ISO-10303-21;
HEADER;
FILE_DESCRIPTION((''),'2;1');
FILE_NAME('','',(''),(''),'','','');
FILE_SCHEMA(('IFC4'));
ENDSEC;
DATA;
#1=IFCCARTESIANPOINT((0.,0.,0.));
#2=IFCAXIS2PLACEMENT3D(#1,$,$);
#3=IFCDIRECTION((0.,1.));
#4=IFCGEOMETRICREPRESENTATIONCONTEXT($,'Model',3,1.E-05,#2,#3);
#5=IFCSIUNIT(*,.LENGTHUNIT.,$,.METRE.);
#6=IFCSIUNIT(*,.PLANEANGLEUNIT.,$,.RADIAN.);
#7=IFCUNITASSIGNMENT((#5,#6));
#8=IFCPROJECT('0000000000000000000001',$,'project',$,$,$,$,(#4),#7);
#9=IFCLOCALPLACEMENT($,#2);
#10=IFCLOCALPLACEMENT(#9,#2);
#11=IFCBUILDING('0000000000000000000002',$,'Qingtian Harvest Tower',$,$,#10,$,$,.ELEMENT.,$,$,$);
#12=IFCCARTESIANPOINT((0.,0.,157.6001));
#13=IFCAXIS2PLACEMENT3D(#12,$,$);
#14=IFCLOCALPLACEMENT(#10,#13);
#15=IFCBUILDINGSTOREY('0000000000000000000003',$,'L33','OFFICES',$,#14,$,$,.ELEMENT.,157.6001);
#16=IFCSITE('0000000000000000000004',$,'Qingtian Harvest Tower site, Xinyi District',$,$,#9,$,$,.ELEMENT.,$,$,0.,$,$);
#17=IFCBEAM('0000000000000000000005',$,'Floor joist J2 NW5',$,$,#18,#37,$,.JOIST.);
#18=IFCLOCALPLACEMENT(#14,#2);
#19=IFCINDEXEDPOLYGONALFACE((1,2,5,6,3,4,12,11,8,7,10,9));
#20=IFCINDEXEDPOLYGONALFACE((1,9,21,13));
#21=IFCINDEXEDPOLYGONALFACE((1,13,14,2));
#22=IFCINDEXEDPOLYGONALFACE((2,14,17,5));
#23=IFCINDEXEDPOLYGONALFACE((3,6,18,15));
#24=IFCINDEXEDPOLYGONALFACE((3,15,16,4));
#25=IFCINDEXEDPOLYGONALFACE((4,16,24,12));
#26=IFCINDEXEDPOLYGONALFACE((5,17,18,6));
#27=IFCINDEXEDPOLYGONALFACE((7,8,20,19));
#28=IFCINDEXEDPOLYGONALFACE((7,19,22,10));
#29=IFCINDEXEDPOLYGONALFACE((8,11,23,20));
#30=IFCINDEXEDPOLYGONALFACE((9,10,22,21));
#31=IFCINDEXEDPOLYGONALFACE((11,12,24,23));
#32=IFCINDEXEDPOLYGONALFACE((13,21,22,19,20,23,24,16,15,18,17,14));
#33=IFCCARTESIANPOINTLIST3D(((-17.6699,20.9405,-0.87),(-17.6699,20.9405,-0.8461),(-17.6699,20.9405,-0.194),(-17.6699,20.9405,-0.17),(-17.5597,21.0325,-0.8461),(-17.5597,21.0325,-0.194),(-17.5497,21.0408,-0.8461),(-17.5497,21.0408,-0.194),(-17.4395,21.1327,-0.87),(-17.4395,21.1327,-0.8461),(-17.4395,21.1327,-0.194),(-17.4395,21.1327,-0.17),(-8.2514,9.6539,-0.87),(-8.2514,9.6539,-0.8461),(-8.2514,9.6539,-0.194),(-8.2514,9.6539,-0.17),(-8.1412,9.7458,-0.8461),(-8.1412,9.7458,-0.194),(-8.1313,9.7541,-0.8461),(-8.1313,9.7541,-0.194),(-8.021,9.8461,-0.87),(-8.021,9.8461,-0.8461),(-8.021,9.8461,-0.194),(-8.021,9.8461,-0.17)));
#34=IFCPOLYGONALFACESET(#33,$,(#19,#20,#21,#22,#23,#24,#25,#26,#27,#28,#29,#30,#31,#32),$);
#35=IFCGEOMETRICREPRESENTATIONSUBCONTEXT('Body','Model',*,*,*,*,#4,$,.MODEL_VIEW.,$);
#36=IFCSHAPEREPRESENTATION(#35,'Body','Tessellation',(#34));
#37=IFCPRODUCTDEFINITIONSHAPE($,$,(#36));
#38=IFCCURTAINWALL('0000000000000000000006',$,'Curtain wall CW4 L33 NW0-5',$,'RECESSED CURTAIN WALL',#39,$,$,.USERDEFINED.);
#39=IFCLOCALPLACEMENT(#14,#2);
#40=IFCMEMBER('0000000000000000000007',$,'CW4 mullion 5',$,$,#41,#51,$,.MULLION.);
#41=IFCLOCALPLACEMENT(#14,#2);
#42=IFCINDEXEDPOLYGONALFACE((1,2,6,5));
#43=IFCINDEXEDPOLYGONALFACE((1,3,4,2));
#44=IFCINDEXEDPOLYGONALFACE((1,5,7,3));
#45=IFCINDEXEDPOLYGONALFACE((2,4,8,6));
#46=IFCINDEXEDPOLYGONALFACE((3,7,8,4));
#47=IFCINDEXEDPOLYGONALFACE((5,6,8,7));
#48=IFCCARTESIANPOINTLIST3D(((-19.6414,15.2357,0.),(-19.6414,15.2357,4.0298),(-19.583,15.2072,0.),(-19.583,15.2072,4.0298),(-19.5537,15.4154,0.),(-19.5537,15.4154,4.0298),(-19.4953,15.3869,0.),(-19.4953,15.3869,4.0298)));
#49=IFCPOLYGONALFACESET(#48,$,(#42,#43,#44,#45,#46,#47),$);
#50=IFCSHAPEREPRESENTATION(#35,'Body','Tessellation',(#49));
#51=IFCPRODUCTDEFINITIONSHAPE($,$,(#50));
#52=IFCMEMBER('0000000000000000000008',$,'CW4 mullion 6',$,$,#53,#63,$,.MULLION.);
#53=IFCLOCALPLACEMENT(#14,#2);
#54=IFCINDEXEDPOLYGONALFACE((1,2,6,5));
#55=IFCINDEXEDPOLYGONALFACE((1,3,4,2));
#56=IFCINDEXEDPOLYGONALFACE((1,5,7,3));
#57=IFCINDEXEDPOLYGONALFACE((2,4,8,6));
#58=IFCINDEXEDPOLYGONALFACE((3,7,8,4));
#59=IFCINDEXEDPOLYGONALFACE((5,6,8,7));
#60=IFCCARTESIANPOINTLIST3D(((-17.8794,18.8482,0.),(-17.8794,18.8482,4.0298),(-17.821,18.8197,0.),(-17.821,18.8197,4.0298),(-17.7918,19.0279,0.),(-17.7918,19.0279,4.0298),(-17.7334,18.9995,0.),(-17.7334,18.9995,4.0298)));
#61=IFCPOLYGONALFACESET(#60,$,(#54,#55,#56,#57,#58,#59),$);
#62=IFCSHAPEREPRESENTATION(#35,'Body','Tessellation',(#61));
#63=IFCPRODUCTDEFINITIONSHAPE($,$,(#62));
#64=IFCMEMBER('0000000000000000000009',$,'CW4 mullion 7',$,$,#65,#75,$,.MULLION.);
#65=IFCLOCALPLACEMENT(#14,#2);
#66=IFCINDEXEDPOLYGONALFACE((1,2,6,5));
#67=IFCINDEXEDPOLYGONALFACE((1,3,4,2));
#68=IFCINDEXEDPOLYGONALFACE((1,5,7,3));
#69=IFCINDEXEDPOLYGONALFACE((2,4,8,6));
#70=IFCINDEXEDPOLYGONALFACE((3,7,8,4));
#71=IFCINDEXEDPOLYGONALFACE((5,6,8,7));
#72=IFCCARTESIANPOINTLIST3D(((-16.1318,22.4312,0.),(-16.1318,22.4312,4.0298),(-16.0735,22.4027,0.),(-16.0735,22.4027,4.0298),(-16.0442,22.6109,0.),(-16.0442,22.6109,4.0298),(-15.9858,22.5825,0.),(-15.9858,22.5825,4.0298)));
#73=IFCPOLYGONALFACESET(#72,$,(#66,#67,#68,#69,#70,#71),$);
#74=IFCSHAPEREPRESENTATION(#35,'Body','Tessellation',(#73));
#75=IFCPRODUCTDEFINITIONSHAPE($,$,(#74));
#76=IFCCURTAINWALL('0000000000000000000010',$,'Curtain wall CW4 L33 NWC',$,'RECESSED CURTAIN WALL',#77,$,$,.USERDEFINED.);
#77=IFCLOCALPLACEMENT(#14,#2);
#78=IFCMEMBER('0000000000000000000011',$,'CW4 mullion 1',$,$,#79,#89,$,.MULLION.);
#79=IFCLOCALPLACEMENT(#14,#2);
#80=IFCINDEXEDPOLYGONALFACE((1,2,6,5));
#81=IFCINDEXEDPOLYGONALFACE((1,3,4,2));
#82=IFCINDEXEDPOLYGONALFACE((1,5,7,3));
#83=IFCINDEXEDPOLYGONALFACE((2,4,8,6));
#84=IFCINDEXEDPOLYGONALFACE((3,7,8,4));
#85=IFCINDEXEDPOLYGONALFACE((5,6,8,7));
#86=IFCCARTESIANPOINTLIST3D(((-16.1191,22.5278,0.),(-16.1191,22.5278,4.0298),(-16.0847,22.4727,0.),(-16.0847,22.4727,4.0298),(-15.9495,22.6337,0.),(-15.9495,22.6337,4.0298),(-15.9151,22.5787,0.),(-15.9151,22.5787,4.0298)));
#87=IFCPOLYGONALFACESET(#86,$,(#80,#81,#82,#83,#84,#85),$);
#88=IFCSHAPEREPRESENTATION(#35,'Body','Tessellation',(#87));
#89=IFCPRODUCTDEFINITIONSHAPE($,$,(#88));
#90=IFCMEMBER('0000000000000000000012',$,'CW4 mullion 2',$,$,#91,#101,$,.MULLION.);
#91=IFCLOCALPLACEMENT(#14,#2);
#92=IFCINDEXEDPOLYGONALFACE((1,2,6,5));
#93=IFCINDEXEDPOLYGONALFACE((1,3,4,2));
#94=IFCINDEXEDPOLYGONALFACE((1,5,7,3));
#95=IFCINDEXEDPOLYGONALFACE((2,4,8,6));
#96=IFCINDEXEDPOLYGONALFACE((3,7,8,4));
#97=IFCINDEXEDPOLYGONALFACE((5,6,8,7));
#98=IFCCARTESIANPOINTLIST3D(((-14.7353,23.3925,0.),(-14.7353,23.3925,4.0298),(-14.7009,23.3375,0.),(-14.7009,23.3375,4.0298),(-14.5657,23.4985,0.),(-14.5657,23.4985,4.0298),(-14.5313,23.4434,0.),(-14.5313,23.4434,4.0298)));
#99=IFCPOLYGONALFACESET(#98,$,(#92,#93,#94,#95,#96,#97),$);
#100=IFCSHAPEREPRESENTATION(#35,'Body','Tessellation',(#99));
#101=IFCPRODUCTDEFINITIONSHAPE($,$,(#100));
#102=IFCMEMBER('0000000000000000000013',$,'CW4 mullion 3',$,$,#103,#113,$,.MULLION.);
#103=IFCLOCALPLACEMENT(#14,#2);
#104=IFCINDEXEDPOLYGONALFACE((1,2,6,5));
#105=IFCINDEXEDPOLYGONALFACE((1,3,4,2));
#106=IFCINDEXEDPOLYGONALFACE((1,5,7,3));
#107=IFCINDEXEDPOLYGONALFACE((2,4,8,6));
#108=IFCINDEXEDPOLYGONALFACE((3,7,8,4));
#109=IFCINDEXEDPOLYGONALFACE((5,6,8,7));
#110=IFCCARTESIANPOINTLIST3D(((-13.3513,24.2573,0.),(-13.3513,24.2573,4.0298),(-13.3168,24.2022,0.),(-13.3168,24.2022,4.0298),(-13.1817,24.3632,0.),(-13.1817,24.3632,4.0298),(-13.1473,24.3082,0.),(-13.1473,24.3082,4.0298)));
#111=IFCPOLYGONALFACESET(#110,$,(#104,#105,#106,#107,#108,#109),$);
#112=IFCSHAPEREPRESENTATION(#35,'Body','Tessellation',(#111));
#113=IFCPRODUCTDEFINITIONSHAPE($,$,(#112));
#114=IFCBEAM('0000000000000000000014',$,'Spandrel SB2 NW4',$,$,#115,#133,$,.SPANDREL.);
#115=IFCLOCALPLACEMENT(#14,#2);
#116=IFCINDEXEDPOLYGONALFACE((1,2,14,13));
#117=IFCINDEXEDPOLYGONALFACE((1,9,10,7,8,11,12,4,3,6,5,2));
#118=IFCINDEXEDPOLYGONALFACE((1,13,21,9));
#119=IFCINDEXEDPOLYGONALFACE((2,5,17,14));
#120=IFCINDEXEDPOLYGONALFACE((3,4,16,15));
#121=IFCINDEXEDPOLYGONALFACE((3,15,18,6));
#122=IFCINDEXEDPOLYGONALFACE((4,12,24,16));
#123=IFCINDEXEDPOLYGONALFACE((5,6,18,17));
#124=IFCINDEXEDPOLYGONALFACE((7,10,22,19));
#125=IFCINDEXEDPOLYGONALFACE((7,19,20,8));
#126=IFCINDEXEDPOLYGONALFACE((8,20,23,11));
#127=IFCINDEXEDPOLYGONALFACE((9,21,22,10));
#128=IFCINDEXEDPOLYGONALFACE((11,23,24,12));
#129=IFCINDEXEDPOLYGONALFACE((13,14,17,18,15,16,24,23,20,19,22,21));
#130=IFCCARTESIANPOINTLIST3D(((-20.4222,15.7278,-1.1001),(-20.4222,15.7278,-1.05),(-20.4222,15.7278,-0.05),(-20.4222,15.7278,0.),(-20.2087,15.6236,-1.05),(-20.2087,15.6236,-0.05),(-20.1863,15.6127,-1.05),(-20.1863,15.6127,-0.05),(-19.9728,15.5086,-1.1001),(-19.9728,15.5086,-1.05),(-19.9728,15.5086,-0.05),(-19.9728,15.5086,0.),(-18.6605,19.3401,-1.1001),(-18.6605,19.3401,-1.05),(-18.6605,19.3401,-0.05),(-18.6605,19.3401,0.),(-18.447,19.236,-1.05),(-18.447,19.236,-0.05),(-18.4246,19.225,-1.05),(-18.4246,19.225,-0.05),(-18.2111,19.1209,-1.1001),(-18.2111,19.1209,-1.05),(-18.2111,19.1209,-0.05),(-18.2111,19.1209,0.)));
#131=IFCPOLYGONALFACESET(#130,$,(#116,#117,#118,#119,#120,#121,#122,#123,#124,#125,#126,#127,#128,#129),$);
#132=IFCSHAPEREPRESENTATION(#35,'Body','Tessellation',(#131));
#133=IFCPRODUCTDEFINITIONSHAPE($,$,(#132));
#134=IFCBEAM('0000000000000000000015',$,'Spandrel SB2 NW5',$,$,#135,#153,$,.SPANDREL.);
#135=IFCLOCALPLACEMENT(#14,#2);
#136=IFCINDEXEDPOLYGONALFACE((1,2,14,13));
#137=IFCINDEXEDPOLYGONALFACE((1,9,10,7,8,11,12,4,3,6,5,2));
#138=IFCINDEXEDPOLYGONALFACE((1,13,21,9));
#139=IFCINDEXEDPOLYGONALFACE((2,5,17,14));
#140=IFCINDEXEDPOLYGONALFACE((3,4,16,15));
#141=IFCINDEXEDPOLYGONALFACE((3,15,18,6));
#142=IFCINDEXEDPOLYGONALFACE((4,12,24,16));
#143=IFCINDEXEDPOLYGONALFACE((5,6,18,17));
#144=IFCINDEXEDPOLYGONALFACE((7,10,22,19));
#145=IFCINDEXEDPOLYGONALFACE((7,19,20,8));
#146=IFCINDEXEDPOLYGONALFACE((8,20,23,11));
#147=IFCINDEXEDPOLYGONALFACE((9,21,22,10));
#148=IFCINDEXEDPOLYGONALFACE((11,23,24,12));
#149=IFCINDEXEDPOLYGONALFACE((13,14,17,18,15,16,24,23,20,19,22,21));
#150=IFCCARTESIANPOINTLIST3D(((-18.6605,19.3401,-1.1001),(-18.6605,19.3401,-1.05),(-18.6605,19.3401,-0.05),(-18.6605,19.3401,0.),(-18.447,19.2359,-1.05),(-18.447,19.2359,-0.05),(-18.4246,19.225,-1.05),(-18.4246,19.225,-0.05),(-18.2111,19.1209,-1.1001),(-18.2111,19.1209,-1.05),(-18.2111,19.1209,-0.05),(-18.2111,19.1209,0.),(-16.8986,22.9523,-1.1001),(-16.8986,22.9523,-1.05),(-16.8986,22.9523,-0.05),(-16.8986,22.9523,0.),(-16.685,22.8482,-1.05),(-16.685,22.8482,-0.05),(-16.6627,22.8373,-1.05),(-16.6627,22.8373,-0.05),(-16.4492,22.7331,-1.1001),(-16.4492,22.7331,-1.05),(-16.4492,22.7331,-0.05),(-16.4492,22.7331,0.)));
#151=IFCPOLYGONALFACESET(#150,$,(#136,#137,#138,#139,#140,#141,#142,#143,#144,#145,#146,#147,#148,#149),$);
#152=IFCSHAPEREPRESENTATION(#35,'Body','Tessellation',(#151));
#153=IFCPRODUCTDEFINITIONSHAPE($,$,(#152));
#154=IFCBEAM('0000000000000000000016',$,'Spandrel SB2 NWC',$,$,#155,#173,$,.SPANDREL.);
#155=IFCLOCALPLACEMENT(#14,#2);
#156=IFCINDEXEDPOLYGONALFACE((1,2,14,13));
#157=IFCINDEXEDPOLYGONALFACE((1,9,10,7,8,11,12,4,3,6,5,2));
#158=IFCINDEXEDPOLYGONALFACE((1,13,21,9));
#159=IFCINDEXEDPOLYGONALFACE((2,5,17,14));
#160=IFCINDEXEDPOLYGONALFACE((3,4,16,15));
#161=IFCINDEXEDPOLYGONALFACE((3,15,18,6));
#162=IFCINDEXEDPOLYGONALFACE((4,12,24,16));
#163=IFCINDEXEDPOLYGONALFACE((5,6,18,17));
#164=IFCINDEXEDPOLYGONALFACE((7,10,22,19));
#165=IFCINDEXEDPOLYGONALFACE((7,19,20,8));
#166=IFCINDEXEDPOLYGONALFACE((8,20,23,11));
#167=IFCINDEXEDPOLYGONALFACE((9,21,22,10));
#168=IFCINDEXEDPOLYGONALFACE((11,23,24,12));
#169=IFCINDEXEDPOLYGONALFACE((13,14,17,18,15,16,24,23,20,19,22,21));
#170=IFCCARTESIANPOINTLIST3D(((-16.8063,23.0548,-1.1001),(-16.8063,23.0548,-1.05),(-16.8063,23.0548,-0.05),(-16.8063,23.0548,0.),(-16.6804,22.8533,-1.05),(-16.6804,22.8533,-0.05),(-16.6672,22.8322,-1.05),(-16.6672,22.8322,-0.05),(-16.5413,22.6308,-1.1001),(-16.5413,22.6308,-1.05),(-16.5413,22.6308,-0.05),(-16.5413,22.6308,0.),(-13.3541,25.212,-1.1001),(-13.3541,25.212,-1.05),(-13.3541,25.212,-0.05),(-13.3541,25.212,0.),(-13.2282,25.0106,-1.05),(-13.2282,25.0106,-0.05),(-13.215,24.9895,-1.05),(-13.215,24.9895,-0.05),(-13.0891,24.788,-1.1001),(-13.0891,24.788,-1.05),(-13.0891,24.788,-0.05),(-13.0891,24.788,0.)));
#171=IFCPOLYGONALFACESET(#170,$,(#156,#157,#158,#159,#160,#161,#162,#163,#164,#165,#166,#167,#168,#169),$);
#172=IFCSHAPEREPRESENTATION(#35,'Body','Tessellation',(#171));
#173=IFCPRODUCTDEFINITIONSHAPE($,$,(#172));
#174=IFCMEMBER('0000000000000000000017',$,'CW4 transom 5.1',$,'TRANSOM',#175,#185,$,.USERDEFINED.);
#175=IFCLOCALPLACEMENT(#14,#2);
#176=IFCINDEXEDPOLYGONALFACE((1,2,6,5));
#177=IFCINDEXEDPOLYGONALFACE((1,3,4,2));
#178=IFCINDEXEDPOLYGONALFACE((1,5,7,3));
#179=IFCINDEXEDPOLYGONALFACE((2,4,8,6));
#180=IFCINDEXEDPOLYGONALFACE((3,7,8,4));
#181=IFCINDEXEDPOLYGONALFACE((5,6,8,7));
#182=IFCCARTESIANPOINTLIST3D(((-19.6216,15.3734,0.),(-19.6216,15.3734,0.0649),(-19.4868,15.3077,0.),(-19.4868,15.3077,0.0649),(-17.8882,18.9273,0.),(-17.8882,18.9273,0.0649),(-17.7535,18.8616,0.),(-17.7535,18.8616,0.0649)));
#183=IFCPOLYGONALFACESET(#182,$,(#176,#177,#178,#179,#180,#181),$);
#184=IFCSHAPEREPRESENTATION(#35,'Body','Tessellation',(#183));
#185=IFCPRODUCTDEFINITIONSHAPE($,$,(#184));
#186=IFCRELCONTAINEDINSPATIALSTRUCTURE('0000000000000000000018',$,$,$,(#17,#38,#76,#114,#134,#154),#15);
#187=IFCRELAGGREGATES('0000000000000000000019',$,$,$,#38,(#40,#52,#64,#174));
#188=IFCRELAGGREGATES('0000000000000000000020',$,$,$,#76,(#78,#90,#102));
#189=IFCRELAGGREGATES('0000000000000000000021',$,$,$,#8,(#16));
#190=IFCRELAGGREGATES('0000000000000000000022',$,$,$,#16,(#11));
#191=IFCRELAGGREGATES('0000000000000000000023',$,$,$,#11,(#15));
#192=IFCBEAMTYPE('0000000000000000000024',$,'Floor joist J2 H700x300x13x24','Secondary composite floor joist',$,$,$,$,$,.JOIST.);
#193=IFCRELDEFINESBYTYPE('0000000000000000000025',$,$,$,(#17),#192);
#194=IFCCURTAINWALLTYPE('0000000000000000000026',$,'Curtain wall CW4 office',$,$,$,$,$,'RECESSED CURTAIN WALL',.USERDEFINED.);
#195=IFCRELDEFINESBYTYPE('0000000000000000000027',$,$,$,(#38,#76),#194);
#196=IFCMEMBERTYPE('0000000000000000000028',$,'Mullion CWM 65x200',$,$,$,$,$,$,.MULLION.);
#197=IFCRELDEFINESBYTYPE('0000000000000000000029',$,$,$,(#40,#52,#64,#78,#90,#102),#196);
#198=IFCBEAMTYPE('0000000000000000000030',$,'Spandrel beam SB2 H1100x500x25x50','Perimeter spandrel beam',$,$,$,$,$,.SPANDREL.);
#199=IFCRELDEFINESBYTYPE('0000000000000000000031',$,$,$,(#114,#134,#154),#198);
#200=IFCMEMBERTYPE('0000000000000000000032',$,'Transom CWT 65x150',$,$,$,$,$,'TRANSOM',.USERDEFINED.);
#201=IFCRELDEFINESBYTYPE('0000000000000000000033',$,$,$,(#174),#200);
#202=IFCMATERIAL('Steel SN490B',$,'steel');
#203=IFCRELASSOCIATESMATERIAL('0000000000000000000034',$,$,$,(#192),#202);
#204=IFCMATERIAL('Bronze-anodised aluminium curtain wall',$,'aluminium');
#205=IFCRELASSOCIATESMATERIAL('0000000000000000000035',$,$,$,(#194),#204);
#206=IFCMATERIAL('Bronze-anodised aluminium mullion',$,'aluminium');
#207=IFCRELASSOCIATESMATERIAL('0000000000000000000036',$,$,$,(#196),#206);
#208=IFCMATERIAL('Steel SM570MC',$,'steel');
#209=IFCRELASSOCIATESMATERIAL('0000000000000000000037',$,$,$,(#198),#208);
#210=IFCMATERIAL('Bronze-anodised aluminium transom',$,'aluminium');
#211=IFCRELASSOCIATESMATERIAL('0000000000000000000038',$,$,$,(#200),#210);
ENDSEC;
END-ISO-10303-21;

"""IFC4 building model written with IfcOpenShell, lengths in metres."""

from ifc_helpers import new_model, si_unit, direction, frame, origin, origin_2d, place, context, subcontext, project, spatial, rectangle, i_section, extrude, material, material_profile, profile_set, type_object, element, aggregate, save


model = new_model("IFC4")

# Units and contexts
model_context = context("Model", 3, precision=1e-05, world=origin(), true_north=direction((0.0, 1.0)))
body_context = subcontext(model_context, "Body", "Model", "MODEL_VIEW")
ifc_project = project(units=[si_unit("LENGTHUNIT", "METRE"), si_unit("PLANEANGLEUNIT", "RADIAN")], contexts=[model_context])

# Site, building, storey
site_placement = place(None, origin())
site = spatial("IfcSite", under=ifc_project, at=site_placement, Name="Qingtian Harvest Tower site, Xinyi District", CompositionType="ELEMENT", RefElevation=0.0)
building_placement = place(site_placement, origin())
building = spatial("IfcBuilding", under=site, at=building_placement, Name="Qingtian Harvest Tower", CompositionType="ELEMENT")
storey_placement = place(building_placement, frame((0.0, 0.0, 157.6001)))
storey = spatial("IfcBuildingStorey", under=building, at=storey_placement, Name="L33", Description="OFFICES", CompositionType="ELEMENT", Elevation=157.6001)

# Beam
ifc_material_1 = material(Name="Steel SN490B", Category="steel")
ifc_material_profile_1 = material_profile(ifc_material_1, i_section(OverallWidth=0.3, OverallDepth=0.7, WebThickness=0.0129, FlangeThickness=0.0239, at=origin_2d()), Name="H700x300x13x24")
ifc_profile_set_1 = profile_set([ifc_material_profile_1], Name="Steel SN490B")
beam_type_1 = type_object("IfcBeamType", Name="Floor joist J2 H700x300x13x24", Description="Secondary composite floor joist", PredefinedType="JOIST", material=ifc_profile_set_1)
beam_1_placement = place(storey_placement, frame((-17.5547, 21.0366, -0.52), z_axis=(0.640704, -0.767788, 0.0), x_axis=(0.767788, 0.640704, 0.0)))
element("IfcBeam", 1, at=beam_1_placement, inside=storey, type_object=beam_type_1, Name="Floor joist J2 NW5", PredefinedType="JOIST", context=body_context, shape_type="SweptSolid", body=[
    extrude(i_section(OverallWidth=0.3, OverallDepth=0.7, WebThickness=0.0129, FlangeThickness=0.0239, at=origin_2d()), origin(), (0.0, 0.0, 1.0), 14.7002),
])

# Curtain walls, members
ifc_material_2 = material(Name="Bronze-anodised aluminium curtain wall", Category="aluminium")
curtain_wall_type = type_object("IfcCurtainWallType", Name="Curtain wall CW4 office", ElementType="RECESSED CURTAIN WALL", PredefinedType="USERDEFINED", material=ifc_material_2)
curtain_wall_1_placement = place(storey_placement, origin())
curtain_wall_1 = element("IfcCurtainWall", 2, at=curtain_wall_1_placement, inside=storey, type_object=curtain_wall_type, Name="Curtain wall CW4 L33 NW0-5", ObjectType="RECESSED CURTAIN WALL", PredefinedType="USERDEFINED")
ifc_material_3 = material(Name="Bronze-anodised aluminium mullion", Category="aluminium")
ifc_material_profile_2 = material_profile(ifc_material_3, rectangle(XDim=0.0649, YDim=0.2, at=origin_2d()), Name="AL 65x200")
ifc_profile_set_2 = profile_set([ifc_material_profile_2], Name="Bronze-anodised aluminium mullion")
member_type_1 = type_object("IfcMemberType", Name="Mullion CWM 65x200", PredefinedType="MULLION", material=ifc_profile_set_2)
member_1_placement = place(storey_placement, frame((-19.5684, 15.3113, 0.0), z_axis=(0.0, 0.0, 1.0), x_axis=(-0.898794, 0.438371, 0.0)))
member_1 = element("IfcMember", 3, at=member_1_placement, type_object=member_type_1, Name="CW4 mullion 5", PredefinedType="MULLION", context=body_context, shape_type="SweptSolid", body=[
    extrude(rectangle(XDim=0.0649, YDim=0.2, at=origin_2d()), origin(), (0.0, 0.0, 1.0), 4.0298),
])
member_2_placement = place(storey_placement, frame((-17.8064, 18.9238, 0.0), z_axis=(0.0, 0.0, 1.0), x_axis=(-0.898794, 0.438371, 0.0)))
member_2 = element("IfcMember", 4, at=member_2_placement, type_object=member_type_1, Name="CW4 mullion 6", PredefinedType="MULLION", context=body_context, shape_type="SweptSolid", body=[
    extrude(rectangle(XDim=0.0649, YDim=0.2, at=origin_2d()), origin(), (0.0, 0.0, 1.0), 4.0298),
])
member_3_placement = place(storey_placement, frame((-16.0588, 22.5068, 0.0), z_axis=(0.0, 0.0, 1.0), x_axis=(-0.898794, 0.438371, 0.0)))
member_3 = element("IfcMember", 5, at=member_3_placement, type_object=member_type_1, Name="CW4 mullion 7", PredefinedType="MULLION", context=body_context, shape_type="SweptSolid", body=[
    extrude(rectangle(XDim=0.0649, YDim=0.2, at=origin_2d()), origin(), (0.0, 0.0, 1.0), 4.0298),
])
curtain_wall_2_placement = place(storey_placement, origin())
curtain_wall_2 = element("IfcCurtainWall", 6, at=curtain_wall_2_placement, inside=storey, type_object=curtain_wall_type, Name="Curtain wall CW4 L33 NWC", ObjectType="RECESSED CURTAIN WALL", PredefinedType="USERDEFINED")
member_4_placement = place(storey_placement, frame((-16.0171, 22.5532, 0.0), z_axis=(0.0, 0.0, 1.0), x_axis=(-0.529919, 0.848048, 0.0)))
member_4 = element("IfcMember", 7, at=member_4_placement, type_object=member_type_1, Name="CW4 mullion 1", PredefinedType="MULLION", context=body_context, shape_type="SweptSolid", body=[
    extrude(rectangle(XDim=0.0649, YDim=0.2, at=origin_2d()), origin(), (0.0, 0.0, 1.0), 4.0298),
])
member_5_placement = place(storey_placement, frame((-14.6333, 23.418, 0.0), z_axis=(0.0, 0.0, 1.0), x_axis=(-0.529919, 0.848048, 0.0)))
member_5 = element("IfcMember", 8, at=member_5_placement, type_object=member_type_1, Name="CW4 mullion 2", PredefinedType="MULLION", context=body_context, shape_type="SweptSolid", body=[
    extrude(rectangle(XDim=0.0649, YDim=0.2, at=origin_2d()), origin(), (0.0, 0.0, 1.0), 4.0298),
])
member_6_placement = place(storey_placement, frame((-13.2493, 24.2827, 0.0), z_axis=(0.0, 0.0, 1.0), x_axis=(-0.529919, 0.848048, 0.0)))
member_6 = element("IfcMember", 9, at=member_6_placement, type_object=member_type_1, Name="CW4 mullion 3", PredefinedType="MULLION", context=body_context, shape_type="SweptSolid", body=[
    extrude(rectangle(XDim=0.0649, YDim=0.2, at=origin_2d()), origin(), (0.0, 0.0, 1.0), 4.0298),
])

# Beams
ifc_material_4 = material(Name="Steel SM570MC", Category="steel")
ifc_material_profile_3 = material_profile(ifc_material_4, i_section(OverallWidth=0.5, OverallDepth=1.1001, WebThickness=0.0249, FlangeThickness=0.05, at=origin_2d()), Name="H1100x500x25x50")
ifc_profile_set_3 = profile_set([ifc_material_profile_3], Name="Steel SM570MC")
beam_type_2 = type_object("IfcBeamType", Name="Spandrel beam SB2 H1100x500x25x50", Description="Perimeter spandrel beam", PredefinedType="SPANDREL", material=ifc_profile_set_3)
for number, where, z_axis, x_axis, name in (
    (10, (-20.1975, 15.6182, -0.55), (0.438347, 0.898806, 0.0), (-0.898806, 0.438347, 0.0), "Spandrel SB2 NW4"),
    (11, (-18.4358, 19.2305, -0.55), (0.438396, 0.898782, 0.0), (-0.898782, 0.438396, 0.0), "Spandrel SB2 NW5"),
):
    element("IfcBeam", number, at=place(storey_placement, frame(where, z_axis=z_axis, x_axis=x_axis)), inside=storey, type_object=beam_type_2, Name=name, PredefinedType="SPANDREL", context=body_context, shape_type="SweptSolid", body=[
        extrude(i_section(OverallWidth=0.5, OverallDepth=1.1001, WebThickness=0.0249, FlangeThickness=0.05, at=origin_2d()), origin(), (0.0, 0.0, 1.0), 4.019),
    ])
beam_2_placement = place(storey_placement, frame((-16.6738, 22.8428, -0.55), z_axis=(0.848039, 0.529934, 0.0), x_axis=(-0.529934, 0.848039, 0.0)))
element("IfcBeam", 12, at=beam_2_placement, inside=storey, type_object=beam_type_2, Name="Spandrel SB2 NWC", PredefinedType="SPANDREL", context=body_context, shape_type="SweptSolid", body=[
    extrude(i_section(OverallWidth=0.5, OverallDepth=1.1001, WebThickness=0.0249, FlangeThickness=0.05, at=origin_2d()), origin(), (0.0, 0.0, 1.0), 4.0708),
])

# Member
ifc_material_5 = material(Name="Bronze-anodised aluminium transom", Category="aluminium")
ifc_material_profile_4 = material_profile(ifc_material_5, rectangle(XDim=0.1499, YDim=0.0649, at=origin_2d()), Name="AL 65x150")
ifc_profile_set_4 = profile_set([ifc_material_profile_4], Name="Bronze-anodised aluminium transom")
member_type_2 = type_object("IfcMemberType", Name="Transom CWT 65x150", ElementType="TRANSOM", PredefinedType="USERDEFINED", material=ifc_profile_set_4)
member_7_placement = place(storey_placement, frame((-19.5542, 15.3406, 0.0325), z_axis=(0.438375, 0.898792, 0.0), x_axis=(-0.898792, 0.438375, 0.0)))
member_7 = element("IfcMember", 13, at=member_7_placement, type_object=member_type_2, Name="CW4 transom 5.1", ObjectType="TRANSOM", PredefinedType="USERDEFINED", context=body_context, shape_type="SweptSolid", body=[
    extrude(rectangle(XDim=0.1499, YDim=0.0649, at=origin_2d()), origin(), (0.0, 0.0, 1.0), 3.9541),
])

aggregate(curtain_wall_1, [member_1, member_2, member_3, member_7])
aggregate(curtain_wall_2, [member_4, member_5, member_6])

save(model, "model.ifc")
